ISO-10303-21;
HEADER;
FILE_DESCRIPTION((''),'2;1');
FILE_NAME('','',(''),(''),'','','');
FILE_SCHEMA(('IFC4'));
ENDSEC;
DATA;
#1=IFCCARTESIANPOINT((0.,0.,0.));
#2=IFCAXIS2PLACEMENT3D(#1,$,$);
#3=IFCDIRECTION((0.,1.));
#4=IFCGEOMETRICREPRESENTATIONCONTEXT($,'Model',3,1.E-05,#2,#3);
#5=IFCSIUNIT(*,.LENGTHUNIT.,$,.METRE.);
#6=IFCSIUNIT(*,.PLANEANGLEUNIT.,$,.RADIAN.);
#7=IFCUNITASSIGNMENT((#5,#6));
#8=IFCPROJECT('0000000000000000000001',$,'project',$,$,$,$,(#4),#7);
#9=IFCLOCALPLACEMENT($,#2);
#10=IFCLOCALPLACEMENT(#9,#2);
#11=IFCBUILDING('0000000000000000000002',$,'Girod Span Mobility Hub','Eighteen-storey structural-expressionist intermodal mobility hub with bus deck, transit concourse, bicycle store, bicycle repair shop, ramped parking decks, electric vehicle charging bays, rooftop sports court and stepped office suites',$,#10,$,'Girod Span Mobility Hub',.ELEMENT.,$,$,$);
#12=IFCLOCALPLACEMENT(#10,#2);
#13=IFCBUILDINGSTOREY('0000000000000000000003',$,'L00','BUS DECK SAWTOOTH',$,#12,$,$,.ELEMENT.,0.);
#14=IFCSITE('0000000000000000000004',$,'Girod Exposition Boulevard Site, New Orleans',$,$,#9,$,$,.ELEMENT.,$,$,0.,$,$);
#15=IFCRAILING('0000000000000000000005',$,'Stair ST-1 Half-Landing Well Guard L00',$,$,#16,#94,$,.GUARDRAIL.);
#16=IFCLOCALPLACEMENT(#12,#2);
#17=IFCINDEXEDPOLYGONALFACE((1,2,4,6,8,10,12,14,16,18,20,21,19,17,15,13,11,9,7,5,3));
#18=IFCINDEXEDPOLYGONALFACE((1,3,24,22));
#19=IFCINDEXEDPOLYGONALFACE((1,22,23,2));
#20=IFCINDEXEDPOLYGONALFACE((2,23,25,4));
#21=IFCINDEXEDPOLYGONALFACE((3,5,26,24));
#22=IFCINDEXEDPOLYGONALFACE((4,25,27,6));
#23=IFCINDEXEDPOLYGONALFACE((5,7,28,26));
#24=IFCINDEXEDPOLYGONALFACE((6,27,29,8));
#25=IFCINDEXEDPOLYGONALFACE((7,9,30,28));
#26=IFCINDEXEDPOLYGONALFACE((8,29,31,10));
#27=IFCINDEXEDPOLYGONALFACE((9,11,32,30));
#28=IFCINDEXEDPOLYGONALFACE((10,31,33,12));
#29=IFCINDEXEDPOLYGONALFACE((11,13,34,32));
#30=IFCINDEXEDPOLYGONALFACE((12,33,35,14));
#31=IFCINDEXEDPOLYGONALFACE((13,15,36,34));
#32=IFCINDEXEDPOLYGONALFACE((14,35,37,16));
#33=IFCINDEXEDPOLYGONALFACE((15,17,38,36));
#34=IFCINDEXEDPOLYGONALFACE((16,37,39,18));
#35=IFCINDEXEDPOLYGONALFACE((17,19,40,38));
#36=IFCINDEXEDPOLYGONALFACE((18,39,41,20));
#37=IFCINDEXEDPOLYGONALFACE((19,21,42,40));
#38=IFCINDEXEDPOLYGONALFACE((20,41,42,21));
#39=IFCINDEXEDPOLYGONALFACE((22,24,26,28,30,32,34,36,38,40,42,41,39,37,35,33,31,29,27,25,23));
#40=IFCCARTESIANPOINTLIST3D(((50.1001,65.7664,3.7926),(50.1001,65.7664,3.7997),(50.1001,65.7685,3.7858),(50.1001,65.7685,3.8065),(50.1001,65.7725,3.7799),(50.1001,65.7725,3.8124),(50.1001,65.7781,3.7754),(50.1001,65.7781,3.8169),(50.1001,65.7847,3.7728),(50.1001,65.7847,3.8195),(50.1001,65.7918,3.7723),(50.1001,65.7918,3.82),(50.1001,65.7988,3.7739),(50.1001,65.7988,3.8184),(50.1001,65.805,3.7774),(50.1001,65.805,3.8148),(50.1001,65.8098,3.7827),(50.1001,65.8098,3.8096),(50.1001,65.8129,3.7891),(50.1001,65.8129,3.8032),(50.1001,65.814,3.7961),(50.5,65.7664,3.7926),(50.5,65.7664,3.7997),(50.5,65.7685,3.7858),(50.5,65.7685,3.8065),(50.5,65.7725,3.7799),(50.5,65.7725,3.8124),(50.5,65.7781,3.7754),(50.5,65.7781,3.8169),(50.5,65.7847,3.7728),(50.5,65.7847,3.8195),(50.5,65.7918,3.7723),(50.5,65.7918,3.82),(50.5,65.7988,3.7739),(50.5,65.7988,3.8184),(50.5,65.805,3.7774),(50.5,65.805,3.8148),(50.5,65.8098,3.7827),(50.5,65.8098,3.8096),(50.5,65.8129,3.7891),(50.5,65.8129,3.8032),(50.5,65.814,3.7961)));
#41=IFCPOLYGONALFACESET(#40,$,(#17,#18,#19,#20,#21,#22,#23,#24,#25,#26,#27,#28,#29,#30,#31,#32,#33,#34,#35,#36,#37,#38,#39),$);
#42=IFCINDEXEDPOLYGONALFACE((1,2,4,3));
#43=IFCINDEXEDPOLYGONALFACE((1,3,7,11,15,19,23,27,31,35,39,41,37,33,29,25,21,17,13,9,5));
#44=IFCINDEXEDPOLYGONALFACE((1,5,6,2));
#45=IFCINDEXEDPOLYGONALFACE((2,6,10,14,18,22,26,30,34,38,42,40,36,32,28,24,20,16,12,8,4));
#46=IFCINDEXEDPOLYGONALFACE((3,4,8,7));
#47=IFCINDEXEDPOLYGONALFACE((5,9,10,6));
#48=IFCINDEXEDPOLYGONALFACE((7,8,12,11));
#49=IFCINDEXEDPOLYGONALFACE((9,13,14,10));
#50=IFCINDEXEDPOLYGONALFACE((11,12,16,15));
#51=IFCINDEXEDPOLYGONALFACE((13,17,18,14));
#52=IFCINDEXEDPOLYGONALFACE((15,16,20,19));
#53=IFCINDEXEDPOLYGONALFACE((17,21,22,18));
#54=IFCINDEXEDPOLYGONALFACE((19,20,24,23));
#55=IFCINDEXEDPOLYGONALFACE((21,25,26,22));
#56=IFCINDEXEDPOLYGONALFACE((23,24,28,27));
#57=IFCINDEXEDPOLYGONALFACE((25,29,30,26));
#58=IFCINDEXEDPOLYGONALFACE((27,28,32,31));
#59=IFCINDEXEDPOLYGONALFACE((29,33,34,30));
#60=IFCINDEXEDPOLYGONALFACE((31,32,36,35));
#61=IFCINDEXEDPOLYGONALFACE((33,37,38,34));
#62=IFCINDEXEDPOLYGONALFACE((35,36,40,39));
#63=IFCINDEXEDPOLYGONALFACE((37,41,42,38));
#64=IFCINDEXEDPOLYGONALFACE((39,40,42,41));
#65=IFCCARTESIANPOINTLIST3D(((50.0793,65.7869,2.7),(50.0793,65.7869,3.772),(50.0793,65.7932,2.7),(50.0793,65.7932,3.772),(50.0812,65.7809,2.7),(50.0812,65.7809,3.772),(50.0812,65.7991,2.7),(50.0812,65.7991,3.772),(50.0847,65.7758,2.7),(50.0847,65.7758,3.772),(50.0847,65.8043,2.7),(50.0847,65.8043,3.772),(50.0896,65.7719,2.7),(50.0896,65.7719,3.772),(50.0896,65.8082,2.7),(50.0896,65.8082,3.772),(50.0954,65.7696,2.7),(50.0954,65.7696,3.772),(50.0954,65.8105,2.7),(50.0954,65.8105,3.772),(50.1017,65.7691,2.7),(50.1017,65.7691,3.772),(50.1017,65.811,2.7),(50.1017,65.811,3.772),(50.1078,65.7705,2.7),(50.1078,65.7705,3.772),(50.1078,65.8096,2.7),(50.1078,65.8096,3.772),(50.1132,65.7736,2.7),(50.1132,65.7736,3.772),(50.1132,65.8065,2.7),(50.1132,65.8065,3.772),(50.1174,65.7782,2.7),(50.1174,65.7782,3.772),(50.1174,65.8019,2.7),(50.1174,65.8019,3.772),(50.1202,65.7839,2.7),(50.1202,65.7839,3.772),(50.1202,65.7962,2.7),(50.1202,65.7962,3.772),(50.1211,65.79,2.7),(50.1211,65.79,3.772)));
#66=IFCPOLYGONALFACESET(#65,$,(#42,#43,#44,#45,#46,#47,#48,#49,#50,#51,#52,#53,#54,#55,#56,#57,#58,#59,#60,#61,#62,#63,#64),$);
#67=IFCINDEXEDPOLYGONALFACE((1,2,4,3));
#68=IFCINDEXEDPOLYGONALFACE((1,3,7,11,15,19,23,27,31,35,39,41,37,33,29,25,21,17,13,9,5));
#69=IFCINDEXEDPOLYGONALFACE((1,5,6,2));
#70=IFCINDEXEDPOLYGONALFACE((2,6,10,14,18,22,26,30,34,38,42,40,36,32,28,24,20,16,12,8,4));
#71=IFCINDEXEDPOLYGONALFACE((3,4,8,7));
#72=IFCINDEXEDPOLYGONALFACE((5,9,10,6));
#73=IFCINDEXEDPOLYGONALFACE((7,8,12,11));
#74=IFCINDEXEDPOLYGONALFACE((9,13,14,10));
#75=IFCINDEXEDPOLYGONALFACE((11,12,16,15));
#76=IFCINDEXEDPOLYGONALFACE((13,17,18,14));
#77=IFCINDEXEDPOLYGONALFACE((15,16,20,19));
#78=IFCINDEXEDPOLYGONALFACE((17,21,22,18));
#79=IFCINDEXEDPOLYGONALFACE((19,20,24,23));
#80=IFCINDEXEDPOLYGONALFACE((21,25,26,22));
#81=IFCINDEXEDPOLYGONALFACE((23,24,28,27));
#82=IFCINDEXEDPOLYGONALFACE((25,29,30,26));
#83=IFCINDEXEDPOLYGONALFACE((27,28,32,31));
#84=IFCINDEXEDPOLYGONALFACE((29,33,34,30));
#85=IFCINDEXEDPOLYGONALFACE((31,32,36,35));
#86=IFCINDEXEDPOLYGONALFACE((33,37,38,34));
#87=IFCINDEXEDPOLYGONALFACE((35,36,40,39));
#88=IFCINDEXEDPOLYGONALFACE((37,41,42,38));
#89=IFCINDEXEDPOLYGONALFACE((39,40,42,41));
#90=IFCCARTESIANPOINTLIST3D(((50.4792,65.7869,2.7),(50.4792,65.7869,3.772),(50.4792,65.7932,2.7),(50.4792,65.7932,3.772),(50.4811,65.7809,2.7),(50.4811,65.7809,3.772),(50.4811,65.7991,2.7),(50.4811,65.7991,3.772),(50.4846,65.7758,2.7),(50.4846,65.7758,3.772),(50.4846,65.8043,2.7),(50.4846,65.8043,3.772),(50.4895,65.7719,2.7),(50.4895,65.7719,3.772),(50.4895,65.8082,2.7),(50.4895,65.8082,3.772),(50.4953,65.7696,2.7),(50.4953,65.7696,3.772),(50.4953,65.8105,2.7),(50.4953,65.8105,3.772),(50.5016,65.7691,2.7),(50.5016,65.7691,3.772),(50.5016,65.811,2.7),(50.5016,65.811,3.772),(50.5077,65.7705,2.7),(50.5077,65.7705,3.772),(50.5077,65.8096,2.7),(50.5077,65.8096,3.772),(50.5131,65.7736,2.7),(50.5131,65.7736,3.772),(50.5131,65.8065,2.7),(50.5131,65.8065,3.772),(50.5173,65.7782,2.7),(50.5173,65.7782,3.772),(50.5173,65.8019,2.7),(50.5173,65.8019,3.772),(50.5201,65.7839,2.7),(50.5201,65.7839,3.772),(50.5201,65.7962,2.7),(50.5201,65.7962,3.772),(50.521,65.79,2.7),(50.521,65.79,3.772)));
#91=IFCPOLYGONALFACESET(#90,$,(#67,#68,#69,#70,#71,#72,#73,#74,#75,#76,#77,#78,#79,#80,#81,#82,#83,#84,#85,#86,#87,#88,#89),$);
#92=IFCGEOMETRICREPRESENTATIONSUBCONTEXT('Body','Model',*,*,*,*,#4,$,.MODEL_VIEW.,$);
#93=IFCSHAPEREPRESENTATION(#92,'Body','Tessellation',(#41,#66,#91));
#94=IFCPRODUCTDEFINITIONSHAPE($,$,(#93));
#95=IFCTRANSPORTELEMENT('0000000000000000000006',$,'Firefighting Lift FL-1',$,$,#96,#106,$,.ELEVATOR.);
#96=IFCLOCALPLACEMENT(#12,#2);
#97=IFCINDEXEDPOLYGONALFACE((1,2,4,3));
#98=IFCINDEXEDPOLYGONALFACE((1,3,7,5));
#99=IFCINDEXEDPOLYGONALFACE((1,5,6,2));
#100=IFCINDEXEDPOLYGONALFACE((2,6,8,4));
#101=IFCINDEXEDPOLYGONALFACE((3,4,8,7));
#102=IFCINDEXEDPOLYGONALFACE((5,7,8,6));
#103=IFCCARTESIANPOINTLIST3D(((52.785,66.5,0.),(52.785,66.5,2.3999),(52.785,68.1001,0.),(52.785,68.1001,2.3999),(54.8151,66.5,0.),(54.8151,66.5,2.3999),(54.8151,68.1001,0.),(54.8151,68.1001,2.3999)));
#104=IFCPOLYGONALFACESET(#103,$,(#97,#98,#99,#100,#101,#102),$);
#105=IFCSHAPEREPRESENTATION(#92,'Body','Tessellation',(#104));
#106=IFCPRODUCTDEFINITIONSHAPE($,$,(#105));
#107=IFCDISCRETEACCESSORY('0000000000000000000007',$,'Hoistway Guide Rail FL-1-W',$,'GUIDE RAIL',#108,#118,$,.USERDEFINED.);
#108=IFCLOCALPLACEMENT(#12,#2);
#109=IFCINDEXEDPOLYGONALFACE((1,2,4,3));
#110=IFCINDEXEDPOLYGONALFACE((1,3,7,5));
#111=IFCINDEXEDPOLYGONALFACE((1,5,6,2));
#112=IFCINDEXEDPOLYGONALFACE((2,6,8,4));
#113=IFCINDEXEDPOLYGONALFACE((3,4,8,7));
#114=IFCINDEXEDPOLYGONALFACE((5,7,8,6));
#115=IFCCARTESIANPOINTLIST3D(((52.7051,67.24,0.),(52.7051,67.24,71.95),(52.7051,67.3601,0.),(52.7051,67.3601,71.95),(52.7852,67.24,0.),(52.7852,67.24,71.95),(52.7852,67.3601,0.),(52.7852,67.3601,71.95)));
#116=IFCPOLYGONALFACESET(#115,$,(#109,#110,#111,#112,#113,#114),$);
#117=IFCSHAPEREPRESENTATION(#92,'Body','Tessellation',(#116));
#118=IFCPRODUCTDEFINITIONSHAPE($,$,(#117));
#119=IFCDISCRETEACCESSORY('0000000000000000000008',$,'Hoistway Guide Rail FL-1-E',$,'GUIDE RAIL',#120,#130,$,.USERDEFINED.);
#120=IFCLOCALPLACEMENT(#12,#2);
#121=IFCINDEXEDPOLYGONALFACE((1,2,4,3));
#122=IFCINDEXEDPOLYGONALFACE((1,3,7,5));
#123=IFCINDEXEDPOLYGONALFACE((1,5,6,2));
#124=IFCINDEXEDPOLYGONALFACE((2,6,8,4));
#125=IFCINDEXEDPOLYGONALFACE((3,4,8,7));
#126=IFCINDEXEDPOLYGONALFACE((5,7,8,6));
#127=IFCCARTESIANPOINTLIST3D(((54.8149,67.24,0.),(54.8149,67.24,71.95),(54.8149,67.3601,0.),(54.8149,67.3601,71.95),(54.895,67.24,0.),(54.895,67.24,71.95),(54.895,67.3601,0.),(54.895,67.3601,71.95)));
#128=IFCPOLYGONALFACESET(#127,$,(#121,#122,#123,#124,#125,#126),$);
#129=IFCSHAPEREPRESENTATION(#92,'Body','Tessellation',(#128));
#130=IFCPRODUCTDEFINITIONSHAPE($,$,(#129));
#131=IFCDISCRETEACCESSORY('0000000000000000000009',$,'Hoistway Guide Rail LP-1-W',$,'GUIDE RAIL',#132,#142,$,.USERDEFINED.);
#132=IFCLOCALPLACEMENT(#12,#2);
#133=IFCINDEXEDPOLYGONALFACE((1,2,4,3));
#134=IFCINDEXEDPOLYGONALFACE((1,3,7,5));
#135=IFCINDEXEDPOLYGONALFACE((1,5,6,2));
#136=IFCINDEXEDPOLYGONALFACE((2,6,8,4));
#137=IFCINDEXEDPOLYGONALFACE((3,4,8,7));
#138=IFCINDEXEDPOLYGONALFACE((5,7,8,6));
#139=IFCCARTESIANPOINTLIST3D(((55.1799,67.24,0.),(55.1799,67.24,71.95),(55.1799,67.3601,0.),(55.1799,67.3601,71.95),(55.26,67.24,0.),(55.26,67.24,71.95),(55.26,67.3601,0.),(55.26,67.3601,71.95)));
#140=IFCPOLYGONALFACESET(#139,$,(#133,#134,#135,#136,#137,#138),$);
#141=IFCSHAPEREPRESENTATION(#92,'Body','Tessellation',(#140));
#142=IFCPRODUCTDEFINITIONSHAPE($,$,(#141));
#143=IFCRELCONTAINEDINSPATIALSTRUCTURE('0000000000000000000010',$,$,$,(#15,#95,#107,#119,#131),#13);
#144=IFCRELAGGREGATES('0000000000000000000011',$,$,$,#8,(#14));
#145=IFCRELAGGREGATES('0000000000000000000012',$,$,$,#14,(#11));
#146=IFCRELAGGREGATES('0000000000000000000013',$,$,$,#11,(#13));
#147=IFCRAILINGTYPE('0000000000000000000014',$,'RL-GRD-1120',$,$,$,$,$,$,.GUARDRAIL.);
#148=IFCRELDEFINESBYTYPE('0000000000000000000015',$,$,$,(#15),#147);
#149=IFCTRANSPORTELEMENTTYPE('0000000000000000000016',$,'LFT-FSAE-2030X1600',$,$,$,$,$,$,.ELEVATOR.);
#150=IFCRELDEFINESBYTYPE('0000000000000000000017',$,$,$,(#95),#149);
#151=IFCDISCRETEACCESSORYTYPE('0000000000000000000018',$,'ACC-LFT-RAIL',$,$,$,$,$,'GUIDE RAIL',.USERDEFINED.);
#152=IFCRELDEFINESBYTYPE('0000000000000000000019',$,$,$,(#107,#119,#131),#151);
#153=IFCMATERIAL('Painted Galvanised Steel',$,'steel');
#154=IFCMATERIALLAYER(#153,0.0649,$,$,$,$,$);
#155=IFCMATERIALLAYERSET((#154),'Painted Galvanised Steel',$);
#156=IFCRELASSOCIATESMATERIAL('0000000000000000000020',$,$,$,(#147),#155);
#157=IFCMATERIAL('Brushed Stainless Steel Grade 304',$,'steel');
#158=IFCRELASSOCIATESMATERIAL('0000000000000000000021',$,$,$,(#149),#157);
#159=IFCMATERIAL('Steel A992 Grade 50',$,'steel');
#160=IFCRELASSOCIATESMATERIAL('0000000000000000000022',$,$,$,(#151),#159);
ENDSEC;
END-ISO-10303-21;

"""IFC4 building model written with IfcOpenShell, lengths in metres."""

from ifc_helpers import new_model, si_unit, direction, frame, origin, origin_2d, place, context, subcontext, project, spatial, rectangle, circle, extrude, material, layer, layer_set, type_object, element, save


model = new_model("IFC4")

# Units and contexts
model_context = context("Model", 3, precision=1e-05, world=origin(), true_north=direction((0.0, 1.0)))
body_context = subcontext(model_context, "Body", "Model", "MODEL_VIEW")
ifc_project = project(units=[si_unit("LENGTHUNIT", "METRE"), si_unit("PLANEANGLEUNIT", "RADIAN")], contexts=[model_context])

# Site, building, storey
site_placement = place(None, origin())
site = spatial("IfcSite", under=ifc_project, at=site_placement, Name="Girod Exposition Boulevard Site, New Orleans", CompositionType="ELEMENT", RefElevation=0.0)
building_placement = place(site_placement, origin())
building = spatial("IfcBuilding", under=site, at=building_placement, Name="Girod Span Mobility Hub", Description="Eighteen-storey structural-expressionist intermodal mobility hub with bus deck, transit concourse, bicycle store, bicycle repair shop, ramped parking decks, electric vehicle charging bays, rooftop sports court and stepped office suites", LongName="Girod Span Mobility Hub", CompositionType="ELEMENT")
storey_placement = place(building_placement, origin())
storey = spatial("IfcBuildingStorey", under=building, at=storey_placement, Name="L00", Description="BUS DECK SAWTOOTH", CompositionType="ELEMENT", Elevation=0.0)

# Railing
ifc_material_1 = material(Name="Painted Galvanised Steel", Category="steel")
ifc_layer_1 = layer(ifc_material_1, 0.0649)
ifc_layer_set_1 = layer_set([ifc_layer_1], Name="Painted Galvanised Steel")
railing_type = type_object("IfcRailingType", Name="RL-GRD-1120", PredefinedType="GUARDRAIL", material=ifc_layer_set_1)
railing_placement = place(storey_placement, frame((50.1001, 65.79, 2.7)))
element("IfcRailing", 1, at=railing_placement, inside=storey, type_object=railing_type, Name="Stair ST-1 Half-Landing Well Guard L00", PredefinedType="GUARDRAIL", context=body_context, shape_type="SweptSolid", body=[
    extrude(circle(Radius=0.0239, at=origin_2d()), frame((0.0, 0.0, 1.0962), z_axis=(1.0, 0.0, 0.0), x_axis=(0.0, 1.0, 0.0)), (0.0, 0.0, 1.0), 0.3999),
    extrude(circle(Radius=0.021, at=origin_2d()), origin(), (0.0, 0.0, 1.0), 1.072),
    extrude(circle(Radius=0.021, at=origin_2d()), frame((0.3999, 0.0, 0.0)), (0.0, 0.0, 1.0), 1.072),
])

# Transport element
ifc_material_2 = material(Name="Brushed Stainless Steel Grade 304", Category="steel")
transport_element_type = type_object("IfcTransportElementType", Name="LFT-FSAE-2030X1600", PredefinedType="ELEVATOR", material=ifc_material_2)
transport_element_placement = place(storey_placement, frame((53.8, 67.3, 0.0), z_axis=(0.0, 0.0, 1.0), x_axis=(1.0, 0.0, 0.0)))
element("IfcTransportElement", 2, at=transport_element_placement, inside=storey, type_object=transport_element_type, Name="Firefighting Lift FL-1", PredefinedType="ELEVATOR", context=body_context, shape_type="SweptSolid", body=[
    extrude(rectangle(XDim=2.03, YDim=1.6001, at=origin_2d()), origin(), (0.0, 0.0, 1.0), 2.3999),
])

# Discrete accessories
ifc_material_3 = material(Name="Steel A992 Grade 50", Category="steel")
discrete_accessory_type = type_object("IfcDiscreteAccessoryType", Name="ACC-LFT-RAIL", ElementType="GUIDE RAIL", PredefinedType="USERDEFINED", material=ifc_material_3)
for number, where, z_axis, x_axis, name in (
    (3, (52.7451, 67.3, 0.0), (0.0, 0.0, 1.0), (1.0, 0.0, 0.0), "Hoistway Guide Rail FL-1-W"),
    (4, (54.855, 67.3, 0.0), (0.0, 0.0, 1.0), (1.0, 0.0, 0.0), "Hoistway Guide Rail FL-1-E"),
    (5, (55.22, 67.3, 0.0), (0.0, 0.0, 1.0), (1.0, 0.0, 0.0), "Hoistway Guide Rail LP-1-W"),
):
    element("IfcDiscreteAccessory", number, at=place(storey_placement, frame(where, z_axis=z_axis, x_axis=x_axis)), inside=storey, type_object=discrete_accessory_type, Name=name, ObjectType="GUIDE RAIL", PredefinedType="USERDEFINED", context=body_context, shape_type="SweptSolid", body=[
        extrude(rectangle(XDim=0.0801, YDim=0.1201, at=origin_2d()), origin(), (0.0, 0.0, 1.0), 71.95),
    ])

save(model, "model.ifc")
